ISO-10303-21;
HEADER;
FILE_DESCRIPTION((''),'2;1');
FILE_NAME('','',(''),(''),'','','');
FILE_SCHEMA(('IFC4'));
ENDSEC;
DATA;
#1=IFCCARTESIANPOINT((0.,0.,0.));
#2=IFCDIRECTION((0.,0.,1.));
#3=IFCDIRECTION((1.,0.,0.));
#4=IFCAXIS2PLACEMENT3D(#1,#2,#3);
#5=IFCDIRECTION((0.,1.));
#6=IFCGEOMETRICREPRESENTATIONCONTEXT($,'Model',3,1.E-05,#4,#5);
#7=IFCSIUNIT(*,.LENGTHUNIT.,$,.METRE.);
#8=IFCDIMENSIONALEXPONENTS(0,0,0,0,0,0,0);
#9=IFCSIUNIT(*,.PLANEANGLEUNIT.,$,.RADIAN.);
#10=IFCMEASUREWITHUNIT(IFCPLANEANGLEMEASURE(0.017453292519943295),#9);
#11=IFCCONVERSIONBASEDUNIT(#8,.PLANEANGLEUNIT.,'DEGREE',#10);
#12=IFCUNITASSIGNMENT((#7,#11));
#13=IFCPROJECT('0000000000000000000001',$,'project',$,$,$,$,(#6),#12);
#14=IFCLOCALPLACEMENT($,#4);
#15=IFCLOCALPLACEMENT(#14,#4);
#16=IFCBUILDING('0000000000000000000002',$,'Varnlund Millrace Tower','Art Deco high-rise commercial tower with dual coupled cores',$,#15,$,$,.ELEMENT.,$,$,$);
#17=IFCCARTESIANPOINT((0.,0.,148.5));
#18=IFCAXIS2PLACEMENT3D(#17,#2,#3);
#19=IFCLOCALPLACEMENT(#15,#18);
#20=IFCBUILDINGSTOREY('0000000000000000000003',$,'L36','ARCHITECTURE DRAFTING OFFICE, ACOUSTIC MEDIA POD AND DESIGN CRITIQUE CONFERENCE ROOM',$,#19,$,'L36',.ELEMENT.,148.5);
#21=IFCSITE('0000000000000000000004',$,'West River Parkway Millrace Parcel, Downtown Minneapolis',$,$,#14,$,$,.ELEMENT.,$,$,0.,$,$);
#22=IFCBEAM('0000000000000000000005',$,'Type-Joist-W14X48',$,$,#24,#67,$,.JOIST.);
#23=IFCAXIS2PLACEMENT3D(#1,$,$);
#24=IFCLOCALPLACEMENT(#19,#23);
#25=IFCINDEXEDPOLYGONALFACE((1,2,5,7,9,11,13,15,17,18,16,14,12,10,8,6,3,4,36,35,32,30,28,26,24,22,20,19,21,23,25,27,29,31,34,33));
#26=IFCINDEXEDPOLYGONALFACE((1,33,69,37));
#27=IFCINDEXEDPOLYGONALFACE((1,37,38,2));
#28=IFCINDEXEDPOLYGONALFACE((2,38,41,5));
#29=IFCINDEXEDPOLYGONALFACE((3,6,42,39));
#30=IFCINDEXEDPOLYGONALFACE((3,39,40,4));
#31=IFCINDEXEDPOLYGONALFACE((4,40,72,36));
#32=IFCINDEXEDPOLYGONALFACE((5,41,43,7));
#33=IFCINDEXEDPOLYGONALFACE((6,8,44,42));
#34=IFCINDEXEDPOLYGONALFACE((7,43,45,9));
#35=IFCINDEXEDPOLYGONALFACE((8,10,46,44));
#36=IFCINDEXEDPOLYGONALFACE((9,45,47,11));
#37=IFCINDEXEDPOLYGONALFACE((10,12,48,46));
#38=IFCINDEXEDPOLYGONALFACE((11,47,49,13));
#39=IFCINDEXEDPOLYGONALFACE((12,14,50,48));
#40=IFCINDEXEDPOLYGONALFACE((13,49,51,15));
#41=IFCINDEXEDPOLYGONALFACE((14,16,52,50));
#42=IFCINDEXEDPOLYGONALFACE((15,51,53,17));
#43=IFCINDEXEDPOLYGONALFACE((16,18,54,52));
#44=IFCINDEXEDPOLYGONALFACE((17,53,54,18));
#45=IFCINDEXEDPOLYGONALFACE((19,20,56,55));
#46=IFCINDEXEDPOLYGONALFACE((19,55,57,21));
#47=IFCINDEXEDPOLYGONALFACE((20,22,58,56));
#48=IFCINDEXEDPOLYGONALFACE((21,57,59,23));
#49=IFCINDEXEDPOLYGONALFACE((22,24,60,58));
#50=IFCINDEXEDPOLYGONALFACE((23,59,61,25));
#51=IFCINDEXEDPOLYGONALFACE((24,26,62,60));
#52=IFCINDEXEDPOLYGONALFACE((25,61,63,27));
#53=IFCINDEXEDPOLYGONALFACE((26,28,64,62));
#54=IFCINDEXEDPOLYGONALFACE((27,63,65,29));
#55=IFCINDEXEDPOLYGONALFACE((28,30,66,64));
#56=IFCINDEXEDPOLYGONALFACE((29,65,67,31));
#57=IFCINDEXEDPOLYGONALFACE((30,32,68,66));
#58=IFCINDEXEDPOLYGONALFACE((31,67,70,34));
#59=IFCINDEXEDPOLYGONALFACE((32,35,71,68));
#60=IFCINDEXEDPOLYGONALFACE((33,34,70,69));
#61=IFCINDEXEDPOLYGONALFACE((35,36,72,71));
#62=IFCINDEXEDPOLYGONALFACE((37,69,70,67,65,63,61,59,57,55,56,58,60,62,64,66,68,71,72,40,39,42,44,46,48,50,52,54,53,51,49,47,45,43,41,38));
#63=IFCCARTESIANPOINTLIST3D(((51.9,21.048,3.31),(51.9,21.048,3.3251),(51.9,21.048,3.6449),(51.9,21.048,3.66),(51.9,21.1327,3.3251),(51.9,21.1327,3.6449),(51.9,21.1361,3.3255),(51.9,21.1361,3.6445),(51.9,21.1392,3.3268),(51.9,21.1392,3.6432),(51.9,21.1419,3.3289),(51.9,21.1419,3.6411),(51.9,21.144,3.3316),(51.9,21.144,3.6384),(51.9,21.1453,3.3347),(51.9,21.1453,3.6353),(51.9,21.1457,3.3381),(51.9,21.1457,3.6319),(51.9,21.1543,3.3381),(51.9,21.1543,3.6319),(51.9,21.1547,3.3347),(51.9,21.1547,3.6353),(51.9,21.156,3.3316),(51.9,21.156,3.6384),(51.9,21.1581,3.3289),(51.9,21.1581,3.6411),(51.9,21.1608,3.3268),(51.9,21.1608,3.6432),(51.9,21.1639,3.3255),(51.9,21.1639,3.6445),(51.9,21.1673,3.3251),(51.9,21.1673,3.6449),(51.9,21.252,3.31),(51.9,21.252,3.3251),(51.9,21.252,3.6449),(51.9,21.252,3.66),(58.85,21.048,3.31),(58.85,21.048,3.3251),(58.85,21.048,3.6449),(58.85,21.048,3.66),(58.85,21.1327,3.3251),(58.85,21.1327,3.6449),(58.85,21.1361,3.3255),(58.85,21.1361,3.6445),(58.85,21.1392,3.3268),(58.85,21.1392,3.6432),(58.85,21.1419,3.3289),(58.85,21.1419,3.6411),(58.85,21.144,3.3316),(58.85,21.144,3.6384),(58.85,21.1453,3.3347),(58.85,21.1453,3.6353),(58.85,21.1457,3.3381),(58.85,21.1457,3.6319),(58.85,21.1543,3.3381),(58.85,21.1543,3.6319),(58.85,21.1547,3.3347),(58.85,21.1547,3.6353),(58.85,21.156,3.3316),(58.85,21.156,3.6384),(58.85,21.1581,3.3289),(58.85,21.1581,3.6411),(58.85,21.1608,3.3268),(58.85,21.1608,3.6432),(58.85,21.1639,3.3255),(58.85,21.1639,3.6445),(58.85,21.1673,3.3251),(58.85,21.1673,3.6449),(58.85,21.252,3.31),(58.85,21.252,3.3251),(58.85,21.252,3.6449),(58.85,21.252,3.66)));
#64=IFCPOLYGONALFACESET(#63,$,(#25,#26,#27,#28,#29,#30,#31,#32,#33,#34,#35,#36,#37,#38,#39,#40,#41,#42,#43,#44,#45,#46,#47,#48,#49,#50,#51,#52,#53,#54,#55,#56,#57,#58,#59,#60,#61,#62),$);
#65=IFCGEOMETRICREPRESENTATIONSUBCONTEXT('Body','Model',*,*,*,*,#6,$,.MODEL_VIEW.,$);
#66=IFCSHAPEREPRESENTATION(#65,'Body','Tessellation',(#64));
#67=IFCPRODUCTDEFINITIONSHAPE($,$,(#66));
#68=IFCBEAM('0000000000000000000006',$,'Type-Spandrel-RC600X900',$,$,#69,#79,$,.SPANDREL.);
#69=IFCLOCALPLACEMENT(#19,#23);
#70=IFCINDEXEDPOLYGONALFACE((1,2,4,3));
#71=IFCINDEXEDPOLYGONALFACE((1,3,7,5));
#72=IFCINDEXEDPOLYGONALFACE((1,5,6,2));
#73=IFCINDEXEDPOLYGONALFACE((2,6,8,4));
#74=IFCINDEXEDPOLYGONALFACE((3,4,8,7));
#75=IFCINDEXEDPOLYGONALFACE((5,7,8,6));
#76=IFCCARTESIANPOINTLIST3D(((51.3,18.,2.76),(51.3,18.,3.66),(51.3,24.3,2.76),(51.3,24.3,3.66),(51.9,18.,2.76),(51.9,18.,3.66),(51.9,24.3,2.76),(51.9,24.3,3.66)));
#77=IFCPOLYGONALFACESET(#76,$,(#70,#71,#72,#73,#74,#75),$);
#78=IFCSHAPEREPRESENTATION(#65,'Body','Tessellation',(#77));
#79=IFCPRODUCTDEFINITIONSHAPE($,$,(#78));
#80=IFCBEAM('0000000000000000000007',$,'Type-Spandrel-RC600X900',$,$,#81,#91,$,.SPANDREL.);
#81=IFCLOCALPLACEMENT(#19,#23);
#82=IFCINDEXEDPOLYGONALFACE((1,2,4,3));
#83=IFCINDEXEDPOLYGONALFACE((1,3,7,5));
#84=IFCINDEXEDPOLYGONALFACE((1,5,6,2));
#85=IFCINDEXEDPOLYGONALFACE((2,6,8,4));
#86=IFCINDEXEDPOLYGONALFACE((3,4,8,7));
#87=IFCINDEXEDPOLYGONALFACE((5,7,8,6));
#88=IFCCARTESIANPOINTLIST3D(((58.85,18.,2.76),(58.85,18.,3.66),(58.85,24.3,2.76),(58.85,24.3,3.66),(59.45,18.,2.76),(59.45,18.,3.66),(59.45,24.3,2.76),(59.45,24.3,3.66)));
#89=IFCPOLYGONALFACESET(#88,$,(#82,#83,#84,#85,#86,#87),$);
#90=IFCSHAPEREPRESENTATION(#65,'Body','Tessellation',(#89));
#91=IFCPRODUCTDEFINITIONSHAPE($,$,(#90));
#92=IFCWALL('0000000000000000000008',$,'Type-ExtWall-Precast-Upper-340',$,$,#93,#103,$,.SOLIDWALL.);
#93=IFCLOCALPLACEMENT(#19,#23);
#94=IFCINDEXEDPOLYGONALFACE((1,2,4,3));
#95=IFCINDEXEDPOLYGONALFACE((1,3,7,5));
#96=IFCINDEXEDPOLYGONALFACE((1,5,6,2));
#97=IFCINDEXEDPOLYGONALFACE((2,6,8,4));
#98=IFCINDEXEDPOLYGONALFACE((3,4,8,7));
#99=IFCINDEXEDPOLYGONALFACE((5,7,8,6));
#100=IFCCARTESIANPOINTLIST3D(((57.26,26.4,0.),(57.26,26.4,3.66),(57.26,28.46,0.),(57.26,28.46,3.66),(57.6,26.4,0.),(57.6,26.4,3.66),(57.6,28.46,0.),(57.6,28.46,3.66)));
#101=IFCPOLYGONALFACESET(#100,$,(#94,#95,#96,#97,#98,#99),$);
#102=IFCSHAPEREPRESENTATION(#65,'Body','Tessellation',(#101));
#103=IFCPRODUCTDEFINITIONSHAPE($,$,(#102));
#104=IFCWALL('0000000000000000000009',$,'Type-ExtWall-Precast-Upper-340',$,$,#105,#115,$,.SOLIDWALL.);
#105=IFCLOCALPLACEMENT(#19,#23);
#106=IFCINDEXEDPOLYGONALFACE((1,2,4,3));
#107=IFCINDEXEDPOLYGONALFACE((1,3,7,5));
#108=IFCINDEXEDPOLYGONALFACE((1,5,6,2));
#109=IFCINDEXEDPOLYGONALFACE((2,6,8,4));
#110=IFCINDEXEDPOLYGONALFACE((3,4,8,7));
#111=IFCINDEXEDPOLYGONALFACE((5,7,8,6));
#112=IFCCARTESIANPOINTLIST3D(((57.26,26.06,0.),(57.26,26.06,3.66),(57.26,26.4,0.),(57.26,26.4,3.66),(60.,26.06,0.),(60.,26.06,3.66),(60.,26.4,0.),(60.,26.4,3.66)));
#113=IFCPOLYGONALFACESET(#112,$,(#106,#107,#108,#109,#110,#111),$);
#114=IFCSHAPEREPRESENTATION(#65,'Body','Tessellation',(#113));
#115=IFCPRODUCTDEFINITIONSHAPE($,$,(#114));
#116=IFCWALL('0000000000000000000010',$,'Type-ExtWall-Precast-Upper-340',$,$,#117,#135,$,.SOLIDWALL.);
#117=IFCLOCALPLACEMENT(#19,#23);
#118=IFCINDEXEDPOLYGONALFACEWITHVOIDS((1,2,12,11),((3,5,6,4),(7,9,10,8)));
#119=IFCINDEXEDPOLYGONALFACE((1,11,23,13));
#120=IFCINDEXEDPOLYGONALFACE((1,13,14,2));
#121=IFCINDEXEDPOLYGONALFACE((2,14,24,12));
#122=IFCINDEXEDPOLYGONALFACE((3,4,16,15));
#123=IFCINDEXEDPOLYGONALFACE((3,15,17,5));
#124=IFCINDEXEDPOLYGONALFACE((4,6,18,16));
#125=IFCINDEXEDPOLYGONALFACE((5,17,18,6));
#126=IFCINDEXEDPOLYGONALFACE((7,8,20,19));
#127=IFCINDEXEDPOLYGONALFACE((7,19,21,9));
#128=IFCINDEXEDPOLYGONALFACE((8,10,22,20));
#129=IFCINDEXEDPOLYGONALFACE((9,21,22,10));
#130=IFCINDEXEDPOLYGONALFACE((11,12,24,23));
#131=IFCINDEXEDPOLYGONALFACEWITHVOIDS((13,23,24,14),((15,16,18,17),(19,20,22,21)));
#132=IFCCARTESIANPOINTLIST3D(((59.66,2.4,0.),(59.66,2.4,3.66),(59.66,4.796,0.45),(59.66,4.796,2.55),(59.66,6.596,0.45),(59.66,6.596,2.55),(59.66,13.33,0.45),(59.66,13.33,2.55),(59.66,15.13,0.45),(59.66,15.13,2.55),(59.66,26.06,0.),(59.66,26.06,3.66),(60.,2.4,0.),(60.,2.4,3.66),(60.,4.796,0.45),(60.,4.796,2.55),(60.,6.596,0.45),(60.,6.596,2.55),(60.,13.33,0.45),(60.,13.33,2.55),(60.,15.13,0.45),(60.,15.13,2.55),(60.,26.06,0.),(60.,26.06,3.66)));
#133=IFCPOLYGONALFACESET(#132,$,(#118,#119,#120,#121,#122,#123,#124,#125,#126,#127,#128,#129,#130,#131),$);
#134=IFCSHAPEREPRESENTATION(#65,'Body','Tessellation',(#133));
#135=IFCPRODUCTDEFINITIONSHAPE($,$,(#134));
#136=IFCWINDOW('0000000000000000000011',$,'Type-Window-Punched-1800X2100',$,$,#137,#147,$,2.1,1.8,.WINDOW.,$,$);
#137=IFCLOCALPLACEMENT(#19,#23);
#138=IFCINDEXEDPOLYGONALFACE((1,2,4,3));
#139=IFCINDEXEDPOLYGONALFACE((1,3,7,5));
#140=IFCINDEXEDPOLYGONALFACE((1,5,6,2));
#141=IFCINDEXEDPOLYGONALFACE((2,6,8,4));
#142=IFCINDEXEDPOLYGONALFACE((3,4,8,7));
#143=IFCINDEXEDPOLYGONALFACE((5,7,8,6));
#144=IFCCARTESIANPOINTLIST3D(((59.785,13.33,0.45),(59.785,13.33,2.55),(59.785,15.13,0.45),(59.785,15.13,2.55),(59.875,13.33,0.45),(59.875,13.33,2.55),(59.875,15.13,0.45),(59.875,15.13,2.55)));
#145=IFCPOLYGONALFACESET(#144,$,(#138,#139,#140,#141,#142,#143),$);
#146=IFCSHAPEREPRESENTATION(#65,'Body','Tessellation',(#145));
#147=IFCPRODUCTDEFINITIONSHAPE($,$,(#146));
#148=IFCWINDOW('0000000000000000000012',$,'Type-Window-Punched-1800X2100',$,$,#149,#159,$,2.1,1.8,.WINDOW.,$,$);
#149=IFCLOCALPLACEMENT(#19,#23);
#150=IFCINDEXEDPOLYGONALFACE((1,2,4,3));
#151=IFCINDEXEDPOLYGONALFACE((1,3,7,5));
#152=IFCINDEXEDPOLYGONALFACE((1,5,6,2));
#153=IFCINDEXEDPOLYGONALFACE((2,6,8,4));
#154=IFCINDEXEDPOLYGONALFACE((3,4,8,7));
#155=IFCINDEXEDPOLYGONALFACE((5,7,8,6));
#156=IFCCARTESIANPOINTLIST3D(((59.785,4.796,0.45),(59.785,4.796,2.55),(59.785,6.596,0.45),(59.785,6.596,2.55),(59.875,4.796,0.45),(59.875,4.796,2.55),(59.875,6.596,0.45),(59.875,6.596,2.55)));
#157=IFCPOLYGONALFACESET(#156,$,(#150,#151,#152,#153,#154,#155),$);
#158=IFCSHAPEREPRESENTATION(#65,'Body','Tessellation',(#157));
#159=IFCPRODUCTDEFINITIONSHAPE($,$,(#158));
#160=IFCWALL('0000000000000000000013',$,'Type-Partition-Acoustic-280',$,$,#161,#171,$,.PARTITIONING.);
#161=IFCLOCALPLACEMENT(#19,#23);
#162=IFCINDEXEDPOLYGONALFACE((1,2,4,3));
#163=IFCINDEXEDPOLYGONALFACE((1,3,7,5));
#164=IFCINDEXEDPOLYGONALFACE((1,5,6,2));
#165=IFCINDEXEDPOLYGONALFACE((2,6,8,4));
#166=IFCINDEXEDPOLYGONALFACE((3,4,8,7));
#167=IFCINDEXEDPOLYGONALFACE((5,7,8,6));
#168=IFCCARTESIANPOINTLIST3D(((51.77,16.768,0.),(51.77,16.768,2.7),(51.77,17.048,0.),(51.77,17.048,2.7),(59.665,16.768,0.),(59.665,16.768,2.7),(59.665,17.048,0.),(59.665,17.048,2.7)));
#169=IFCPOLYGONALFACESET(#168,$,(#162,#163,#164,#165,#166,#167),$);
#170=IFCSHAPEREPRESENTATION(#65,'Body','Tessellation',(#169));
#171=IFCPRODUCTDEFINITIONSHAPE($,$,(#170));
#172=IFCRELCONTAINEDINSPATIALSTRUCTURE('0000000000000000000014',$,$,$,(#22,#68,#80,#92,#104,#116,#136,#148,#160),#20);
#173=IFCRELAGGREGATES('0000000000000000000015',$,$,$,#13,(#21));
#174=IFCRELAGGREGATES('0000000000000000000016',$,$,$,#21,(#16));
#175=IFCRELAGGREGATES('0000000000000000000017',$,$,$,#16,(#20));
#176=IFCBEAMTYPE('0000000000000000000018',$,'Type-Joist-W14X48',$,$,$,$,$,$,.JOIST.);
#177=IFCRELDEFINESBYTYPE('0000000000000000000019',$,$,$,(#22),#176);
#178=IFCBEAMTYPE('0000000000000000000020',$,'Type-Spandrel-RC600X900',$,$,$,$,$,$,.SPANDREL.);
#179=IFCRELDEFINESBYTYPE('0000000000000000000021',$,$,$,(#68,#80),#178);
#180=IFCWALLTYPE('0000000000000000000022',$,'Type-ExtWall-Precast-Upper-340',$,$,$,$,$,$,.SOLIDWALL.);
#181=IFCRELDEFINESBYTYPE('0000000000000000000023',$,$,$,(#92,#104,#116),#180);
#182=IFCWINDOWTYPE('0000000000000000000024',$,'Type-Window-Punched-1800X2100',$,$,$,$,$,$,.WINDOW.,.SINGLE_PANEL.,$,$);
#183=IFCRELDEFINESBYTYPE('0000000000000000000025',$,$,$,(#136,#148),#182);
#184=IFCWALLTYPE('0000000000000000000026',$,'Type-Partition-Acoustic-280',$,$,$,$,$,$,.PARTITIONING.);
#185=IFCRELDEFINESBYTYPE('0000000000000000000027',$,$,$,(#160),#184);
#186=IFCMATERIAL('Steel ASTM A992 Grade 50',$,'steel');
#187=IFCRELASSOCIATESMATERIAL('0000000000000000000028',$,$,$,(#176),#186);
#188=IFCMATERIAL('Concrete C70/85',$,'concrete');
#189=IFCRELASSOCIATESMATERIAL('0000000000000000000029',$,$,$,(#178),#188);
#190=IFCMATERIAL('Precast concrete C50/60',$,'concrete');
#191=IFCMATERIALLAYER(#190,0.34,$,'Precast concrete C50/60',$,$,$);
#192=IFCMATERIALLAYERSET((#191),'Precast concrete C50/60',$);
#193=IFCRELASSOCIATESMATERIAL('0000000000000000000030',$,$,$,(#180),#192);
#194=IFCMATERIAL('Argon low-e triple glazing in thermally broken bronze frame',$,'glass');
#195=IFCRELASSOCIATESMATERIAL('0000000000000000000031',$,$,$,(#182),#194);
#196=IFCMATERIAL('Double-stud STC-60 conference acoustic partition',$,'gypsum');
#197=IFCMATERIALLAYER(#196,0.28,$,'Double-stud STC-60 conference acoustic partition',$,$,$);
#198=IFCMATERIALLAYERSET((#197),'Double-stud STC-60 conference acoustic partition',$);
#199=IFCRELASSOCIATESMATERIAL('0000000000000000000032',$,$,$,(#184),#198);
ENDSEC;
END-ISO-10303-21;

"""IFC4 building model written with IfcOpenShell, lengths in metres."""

from ifc_helpers import new_model, entity, si_unit, converted_unit, direction, frame, origin_with_axes, origin_2d_with_axis, place, context, subcontext, project, spatial, polyline, rectangle, i_section, outline, extrude, material, layer, layer_set, material_profile, profile_set, type_object, element, fill, save


model = new_model("IFC4")

# Units and contexts
model_context = context("Model", 3, precision=1e-05, world=origin_with_axes(), true_north=direction((0.0, 1.0)))
body_context = subcontext(model_context, "Body", "Model", "MODEL_VIEW")
ifc_project = project(units=[si_unit("LENGTHUNIT", "METRE"), converted_unit("PLANEANGLEUNIT", "DEGREE", entity("IfcPlaneAngleMeasure", 0.017453292519943295), si_unit("PLANEANGLEUNIT", "RADIAN"), dimensions=[0, 0, 0, 0, 0, 0, 0])], contexts=[model_context])

# Site, building, storey
site_placement = place(None, origin_with_axes())
site = spatial("IfcSite", under=ifc_project, at=site_placement, Name="West River Parkway Millrace Parcel, Downtown Minneapolis", CompositionType="ELEMENT", RefElevation=0.0)
building_placement = place(site_placement, origin_with_axes())
building = spatial("IfcBuilding", under=site, at=building_placement, Name="Varnlund Millrace Tower", Description="Art Deco high-rise commercial tower with dual coupled cores", CompositionType="ELEMENT")
storey_placement = place(building_placement, frame((0.0, 0.0, 148.5), z_axis=(0.0, 0.0, 1.0), x_axis=(1.0, 0.0, 0.0)))
storey = spatial("IfcBuildingStorey", under=building, at=storey_placement, Name="L36", Description="ARCHITECTURE DRAFTING OFFICE, ACOUSTIC MEDIA POD AND DESIGN CRITIQUE CONFERENCE ROOM", LongName="L36", CompositionType="ELEMENT", Elevation=148.5)

# Beams
ifc_material_1 = material(Name="Steel ASTM A992 Grade 50", Category="steel")
ifc_material_profile_1 = material_profile(ifc_material_1, i_section(OverallWidth=0.204, OverallDepth=0.35, WebThickness=0.0086, FlangeThickness=0.0151, FilletRadius=0.013, at=origin_2d_with_axis()), Name="Steel ASTM A992 Grade 50")
ifc_profile_set_1 = profile_set([ifc_material_profile_1], Name="Steel ASTM A992 Grade 50")
beam_type_1 = type_object("IfcBeamType", Name="Type-Joist-W14X48", PredefinedType="JOIST", material=ifc_profile_set_1)
for number, where, z_axis, x_axis, name in (
    (1, (51.9, 21.15, 3.485), (1.0, 0.0, 0.0), (0.0, 1.0, 0.0), "Type-Joist-W14X48"),
):
    element("IfcBeam", number, at=place(storey_placement, frame(where, z_axis=z_axis, x_axis=x_axis)), inside=storey, type_object=beam_type_1, Name=name, PredefinedType="JOIST", context=body_context, shape_type="SweptSolid", body=[
        extrude(i_section(OverallWidth=0.204, OverallDepth=0.35, WebThickness=0.0086, FlangeThickness=0.0151, FilletRadius=0.013, at=origin_2d_with_axis()), origin_with_axes(), (0.0, 0.0, 1.0), 6.95),
    ])
ifc_material_2 = material(Name="Concrete C70/85", Category="concrete")
ifc_material_profile_2 = material_profile(ifc_material_2, rectangle(XDim=0.6, YDim=0.9, at=origin_2d_with_axis()), Name="Concrete C70/85")
ifc_profile_set_2 = profile_set([ifc_material_profile_2], Name="Concrete C70/85")
beam_type_2 = type_object("IfcBeamType", Name="Type-Spandrel-RC600X900", PredefinedType="SPANDREL", material=ifc_profile_set_2)
for number, where, z_axis, x_axis, name in (
    (2, (51.6, 18.0, 3.21), (0.0, 1.0, 0.0), (-1.0, 0.0, 0.0), "Type-Spandrel-RC600X900"),
    (3, (59.15, 18.0, 3.21), (0.0, 1.0, 0.0), (-1.0, 0.0, 0.0), "Type-Spandrel-RC600X900"),
):
    element("IfcBeam", number, at=place(storey_placement, frame(where, z_axis=z_axis, x_axis=x_axis)), inside=storey, type_object=beam_type_2, Name=name, PredefinedType="SPANDREL", context=body_context, shape_type="SweptSolid", body=[
        extrude(rectangle(XDim=0.6, YDim=0.9, at=origin_2d_with_axis()), origin_with_axes(), (0.0, 0.0, 1.0), 6.3),
    ])

# Walls
ifc_material_3 = material(Name="Precast concrete C50/60", Category="concrete")
ifc_layer_1 = layer(ifc_material_3, 0.34, Name="Precast concrete C50/60")
ifc_layer_set_1 = layer_set([ifc_layer_1], Name="Precast concrete C50/60")
wall_type_1 = type_object("IfcWallType", Name="Type-ExtWall-Precast-Upper-340", PredefinedType="SOLIDWALL", material=ifc_layer_set_1)
wall_1_placement = place(storey_placement, frame((57.43, 28.46, 0.0), z_axis=(0.0, 0.0, 1.0), x_axis=(0.0, -1.0, 0.0)))
element("IfcWall", 4, at=wall_1_placement, inside=storey, type_object=wall_type_1, Name="Type-ExtWall-Precast-Upper-340", PredefinedType="SOLIDWALL", context=body_context, shape_type="SweptSolid", body=[
    extrude(outline(polyline([(0.0, -0.17), (2.06, -0.17), (2.06, 0.17), (0.0, 0.17), (0.0, -0.17)])), origin_with_axes(), (0.0, 0.0, 1.0), 3.66),
])
wall_2_placement = place(storey_placement, frame((57.26, 26.23, 0.0), z_axis=(0.0, 0.0, 1.0), x_axis=(1.0, 0.0, 0.0)))
element("IfcWall", 5, at=wall_2_placement, inside=storey, type_object=wall_type_1, Name="Type-ExtWall-Precast-Upper-340", PredefinedType="SOLIDWALL", context=body_context, shape_type="SweptSolid", body=[
    extrude(outline(polyline([(0.0, -0.17), (2.74, -0.17), (2.74, 0.17), (0.0, 0.17), (0.0, -0.17)])), origin_with_axes(), (0.0, 0.0, 1.0), 3.66),
])

# Wall, openings, windows
wall_3_placement = place(storey_placement, frame((59.83, 26.06, 0.0), z_axis=(0.0, 0.0, 1.0), x_axis=(0.0, -1.0, 0.0)))
wall_3 = element("IfcWall", 6, at=wall_3_placement, inside=storey, type_object=wall_type_1, Name="Type-ExtWall-Precast-Upper-340", PredefinedType="SOLIDWALL", context=body_context, shape_type="SweptSolid", body=[
    extrude(outline(polyline([(0.0, -0.17), (23.66, -0.17), (23.66, 0.17), (0.0, 0.17), (0.0, -0.17)])), origin_with_axes(), (0.0, 0.0, 1.0), 3.66),
])
opening_1_placement = place(wall_3_placement, frame((11.83, 0.0, 0.45), z_axis=(0.0, 0.0, 1.0), x_axis=(1.0, 0.0, 0.0)))
opening_1 = element("IfcOpeningElement", 7, at=opening_1_placement, cuts=wall_3, PredefinedType="OPENING", context=body_context, shape_type="SweptSolid", body=[
    extrude(rectangle(XDim=1.8, YDim=0.36, at=origin_2d_with_axis()), origin_with_axes(), (0.0, 0.0, 1.0), 2.1),
])
opening_2_placement = place(wall_3_placement, frame((20.364, 0.0, 0.45), z_axis=(0.0, 0.0, 1.0), x_axis=(1.0, 0.0, 0.0)))
opening_2 = element("IfcOpeningElement", 8, at=opening_2_placement, cuts=wall_3, PredefinedType="OPENING", context=body_context, shape_type="SweptSolid", body=[
    extrude(rectangle(XDim=1.8, YDim=0.36, at=origin_2d_with_axis()), origin_with_axes(), (0.0, 0.0, 1.0), 2.1),
])
ifc_material_4 = material(Name="Argon low-e triple glazing in thermally broken bronze frame", Category="glass")
window_type = type_object("IfcWindowType", Name="Type-Window-Punched-1800X2100", PartitioningType="SINGLE_PANEL", PredefinedType="WINDOW", material=ifc_material_4)
window_1_placement = place(wall_3_placement, frame((11.83, 0.0, 0.45), z_axis=(0.0, 0.0, 1.0), x_axis=(1.0, 0.0, 0.0)))
window_1 = element("IfcWindow", 9, at=window_1_placement, inside=storey, type_object=window_type, Name="Type-Window-Punched-1800X2100", OverallHeight=2.1, OverallWidth=1.8, PredefinedType="WINDOW", context=body_context, shape_type="SweptSolid", body=[
    extrude(rectangle(XDim=1.8, YDim=0.09, at=origin_2d_with_axis()), origin_with_axes(), (0.0, 0.0, 1.0), 2.1),
])
fill(opening_1, window_1)
window_2_placement = place(wall_3_placement, frame((20.364, 0.0, 0.45), z_axis=(0.0, 0.0, 1.0), x_axis=(1.0, 0.0, 0.0)))
window_2 = element("IfcWindow", 10, at=window_2_placement, inside=storey, type_object=window_type, Name="Type-Window-Punched-1800X2100", OverallHeight=2.1, OverallWidth=1.8, PredefinedType="WINDOW", context=body_context, shape_type="SweptSolid", body=[
    extrude(rectangle(XDim=1.8, YDim=0.09, at=origin_2d_with_axis()), origin_with_axes(), (0.0, 0.0, 1.0), 2.1),
])
fill(opening_2, window_2)

# Wall
ifc_material_5 = material(Name="Double-stud STC-60 conference acoustic partition", Category="gypsum")
ifc_layer_2 = layer(ifc_material_5, 0.28, Name="Double-stud STC-60 conference acoustic partition")
ifc_layer_set_2 = layer_set([ifc_layer_2], Name="Double-stud STC-60 conference acoustic partition")
wall_type_2 = type_object("IfcWallType", Name="Type-Partition-Acoustic-280", PredefinedType="PARTITIONING", material=ifc_layer_set_2)
wall_4_placement = place(storey_placement, frame((51.77, 16.908, 0.0), z_axis=(0.0, 0.0, 1.0), x_axis=(1.0, 0.0, 0.0)))
element("IfcWall", 11, at=wall_4_placement, inside=storey, type_object=wall_type_2, Name="Type-Partition-Acoustic-280", PredefinedType="PARTITIONING", context=body_context, shape_type="SweptSolid", body=[
    extrude(outline(polyline([(0.0, -0.14), (7.895, -0.14), (7.895, 0.14), (0.0, 0.14), (0.0, -0.14)])), origin_with_axes(), (0.0, 0.0, 1.0), 2.7),
])

save(model, "model.ifc")
